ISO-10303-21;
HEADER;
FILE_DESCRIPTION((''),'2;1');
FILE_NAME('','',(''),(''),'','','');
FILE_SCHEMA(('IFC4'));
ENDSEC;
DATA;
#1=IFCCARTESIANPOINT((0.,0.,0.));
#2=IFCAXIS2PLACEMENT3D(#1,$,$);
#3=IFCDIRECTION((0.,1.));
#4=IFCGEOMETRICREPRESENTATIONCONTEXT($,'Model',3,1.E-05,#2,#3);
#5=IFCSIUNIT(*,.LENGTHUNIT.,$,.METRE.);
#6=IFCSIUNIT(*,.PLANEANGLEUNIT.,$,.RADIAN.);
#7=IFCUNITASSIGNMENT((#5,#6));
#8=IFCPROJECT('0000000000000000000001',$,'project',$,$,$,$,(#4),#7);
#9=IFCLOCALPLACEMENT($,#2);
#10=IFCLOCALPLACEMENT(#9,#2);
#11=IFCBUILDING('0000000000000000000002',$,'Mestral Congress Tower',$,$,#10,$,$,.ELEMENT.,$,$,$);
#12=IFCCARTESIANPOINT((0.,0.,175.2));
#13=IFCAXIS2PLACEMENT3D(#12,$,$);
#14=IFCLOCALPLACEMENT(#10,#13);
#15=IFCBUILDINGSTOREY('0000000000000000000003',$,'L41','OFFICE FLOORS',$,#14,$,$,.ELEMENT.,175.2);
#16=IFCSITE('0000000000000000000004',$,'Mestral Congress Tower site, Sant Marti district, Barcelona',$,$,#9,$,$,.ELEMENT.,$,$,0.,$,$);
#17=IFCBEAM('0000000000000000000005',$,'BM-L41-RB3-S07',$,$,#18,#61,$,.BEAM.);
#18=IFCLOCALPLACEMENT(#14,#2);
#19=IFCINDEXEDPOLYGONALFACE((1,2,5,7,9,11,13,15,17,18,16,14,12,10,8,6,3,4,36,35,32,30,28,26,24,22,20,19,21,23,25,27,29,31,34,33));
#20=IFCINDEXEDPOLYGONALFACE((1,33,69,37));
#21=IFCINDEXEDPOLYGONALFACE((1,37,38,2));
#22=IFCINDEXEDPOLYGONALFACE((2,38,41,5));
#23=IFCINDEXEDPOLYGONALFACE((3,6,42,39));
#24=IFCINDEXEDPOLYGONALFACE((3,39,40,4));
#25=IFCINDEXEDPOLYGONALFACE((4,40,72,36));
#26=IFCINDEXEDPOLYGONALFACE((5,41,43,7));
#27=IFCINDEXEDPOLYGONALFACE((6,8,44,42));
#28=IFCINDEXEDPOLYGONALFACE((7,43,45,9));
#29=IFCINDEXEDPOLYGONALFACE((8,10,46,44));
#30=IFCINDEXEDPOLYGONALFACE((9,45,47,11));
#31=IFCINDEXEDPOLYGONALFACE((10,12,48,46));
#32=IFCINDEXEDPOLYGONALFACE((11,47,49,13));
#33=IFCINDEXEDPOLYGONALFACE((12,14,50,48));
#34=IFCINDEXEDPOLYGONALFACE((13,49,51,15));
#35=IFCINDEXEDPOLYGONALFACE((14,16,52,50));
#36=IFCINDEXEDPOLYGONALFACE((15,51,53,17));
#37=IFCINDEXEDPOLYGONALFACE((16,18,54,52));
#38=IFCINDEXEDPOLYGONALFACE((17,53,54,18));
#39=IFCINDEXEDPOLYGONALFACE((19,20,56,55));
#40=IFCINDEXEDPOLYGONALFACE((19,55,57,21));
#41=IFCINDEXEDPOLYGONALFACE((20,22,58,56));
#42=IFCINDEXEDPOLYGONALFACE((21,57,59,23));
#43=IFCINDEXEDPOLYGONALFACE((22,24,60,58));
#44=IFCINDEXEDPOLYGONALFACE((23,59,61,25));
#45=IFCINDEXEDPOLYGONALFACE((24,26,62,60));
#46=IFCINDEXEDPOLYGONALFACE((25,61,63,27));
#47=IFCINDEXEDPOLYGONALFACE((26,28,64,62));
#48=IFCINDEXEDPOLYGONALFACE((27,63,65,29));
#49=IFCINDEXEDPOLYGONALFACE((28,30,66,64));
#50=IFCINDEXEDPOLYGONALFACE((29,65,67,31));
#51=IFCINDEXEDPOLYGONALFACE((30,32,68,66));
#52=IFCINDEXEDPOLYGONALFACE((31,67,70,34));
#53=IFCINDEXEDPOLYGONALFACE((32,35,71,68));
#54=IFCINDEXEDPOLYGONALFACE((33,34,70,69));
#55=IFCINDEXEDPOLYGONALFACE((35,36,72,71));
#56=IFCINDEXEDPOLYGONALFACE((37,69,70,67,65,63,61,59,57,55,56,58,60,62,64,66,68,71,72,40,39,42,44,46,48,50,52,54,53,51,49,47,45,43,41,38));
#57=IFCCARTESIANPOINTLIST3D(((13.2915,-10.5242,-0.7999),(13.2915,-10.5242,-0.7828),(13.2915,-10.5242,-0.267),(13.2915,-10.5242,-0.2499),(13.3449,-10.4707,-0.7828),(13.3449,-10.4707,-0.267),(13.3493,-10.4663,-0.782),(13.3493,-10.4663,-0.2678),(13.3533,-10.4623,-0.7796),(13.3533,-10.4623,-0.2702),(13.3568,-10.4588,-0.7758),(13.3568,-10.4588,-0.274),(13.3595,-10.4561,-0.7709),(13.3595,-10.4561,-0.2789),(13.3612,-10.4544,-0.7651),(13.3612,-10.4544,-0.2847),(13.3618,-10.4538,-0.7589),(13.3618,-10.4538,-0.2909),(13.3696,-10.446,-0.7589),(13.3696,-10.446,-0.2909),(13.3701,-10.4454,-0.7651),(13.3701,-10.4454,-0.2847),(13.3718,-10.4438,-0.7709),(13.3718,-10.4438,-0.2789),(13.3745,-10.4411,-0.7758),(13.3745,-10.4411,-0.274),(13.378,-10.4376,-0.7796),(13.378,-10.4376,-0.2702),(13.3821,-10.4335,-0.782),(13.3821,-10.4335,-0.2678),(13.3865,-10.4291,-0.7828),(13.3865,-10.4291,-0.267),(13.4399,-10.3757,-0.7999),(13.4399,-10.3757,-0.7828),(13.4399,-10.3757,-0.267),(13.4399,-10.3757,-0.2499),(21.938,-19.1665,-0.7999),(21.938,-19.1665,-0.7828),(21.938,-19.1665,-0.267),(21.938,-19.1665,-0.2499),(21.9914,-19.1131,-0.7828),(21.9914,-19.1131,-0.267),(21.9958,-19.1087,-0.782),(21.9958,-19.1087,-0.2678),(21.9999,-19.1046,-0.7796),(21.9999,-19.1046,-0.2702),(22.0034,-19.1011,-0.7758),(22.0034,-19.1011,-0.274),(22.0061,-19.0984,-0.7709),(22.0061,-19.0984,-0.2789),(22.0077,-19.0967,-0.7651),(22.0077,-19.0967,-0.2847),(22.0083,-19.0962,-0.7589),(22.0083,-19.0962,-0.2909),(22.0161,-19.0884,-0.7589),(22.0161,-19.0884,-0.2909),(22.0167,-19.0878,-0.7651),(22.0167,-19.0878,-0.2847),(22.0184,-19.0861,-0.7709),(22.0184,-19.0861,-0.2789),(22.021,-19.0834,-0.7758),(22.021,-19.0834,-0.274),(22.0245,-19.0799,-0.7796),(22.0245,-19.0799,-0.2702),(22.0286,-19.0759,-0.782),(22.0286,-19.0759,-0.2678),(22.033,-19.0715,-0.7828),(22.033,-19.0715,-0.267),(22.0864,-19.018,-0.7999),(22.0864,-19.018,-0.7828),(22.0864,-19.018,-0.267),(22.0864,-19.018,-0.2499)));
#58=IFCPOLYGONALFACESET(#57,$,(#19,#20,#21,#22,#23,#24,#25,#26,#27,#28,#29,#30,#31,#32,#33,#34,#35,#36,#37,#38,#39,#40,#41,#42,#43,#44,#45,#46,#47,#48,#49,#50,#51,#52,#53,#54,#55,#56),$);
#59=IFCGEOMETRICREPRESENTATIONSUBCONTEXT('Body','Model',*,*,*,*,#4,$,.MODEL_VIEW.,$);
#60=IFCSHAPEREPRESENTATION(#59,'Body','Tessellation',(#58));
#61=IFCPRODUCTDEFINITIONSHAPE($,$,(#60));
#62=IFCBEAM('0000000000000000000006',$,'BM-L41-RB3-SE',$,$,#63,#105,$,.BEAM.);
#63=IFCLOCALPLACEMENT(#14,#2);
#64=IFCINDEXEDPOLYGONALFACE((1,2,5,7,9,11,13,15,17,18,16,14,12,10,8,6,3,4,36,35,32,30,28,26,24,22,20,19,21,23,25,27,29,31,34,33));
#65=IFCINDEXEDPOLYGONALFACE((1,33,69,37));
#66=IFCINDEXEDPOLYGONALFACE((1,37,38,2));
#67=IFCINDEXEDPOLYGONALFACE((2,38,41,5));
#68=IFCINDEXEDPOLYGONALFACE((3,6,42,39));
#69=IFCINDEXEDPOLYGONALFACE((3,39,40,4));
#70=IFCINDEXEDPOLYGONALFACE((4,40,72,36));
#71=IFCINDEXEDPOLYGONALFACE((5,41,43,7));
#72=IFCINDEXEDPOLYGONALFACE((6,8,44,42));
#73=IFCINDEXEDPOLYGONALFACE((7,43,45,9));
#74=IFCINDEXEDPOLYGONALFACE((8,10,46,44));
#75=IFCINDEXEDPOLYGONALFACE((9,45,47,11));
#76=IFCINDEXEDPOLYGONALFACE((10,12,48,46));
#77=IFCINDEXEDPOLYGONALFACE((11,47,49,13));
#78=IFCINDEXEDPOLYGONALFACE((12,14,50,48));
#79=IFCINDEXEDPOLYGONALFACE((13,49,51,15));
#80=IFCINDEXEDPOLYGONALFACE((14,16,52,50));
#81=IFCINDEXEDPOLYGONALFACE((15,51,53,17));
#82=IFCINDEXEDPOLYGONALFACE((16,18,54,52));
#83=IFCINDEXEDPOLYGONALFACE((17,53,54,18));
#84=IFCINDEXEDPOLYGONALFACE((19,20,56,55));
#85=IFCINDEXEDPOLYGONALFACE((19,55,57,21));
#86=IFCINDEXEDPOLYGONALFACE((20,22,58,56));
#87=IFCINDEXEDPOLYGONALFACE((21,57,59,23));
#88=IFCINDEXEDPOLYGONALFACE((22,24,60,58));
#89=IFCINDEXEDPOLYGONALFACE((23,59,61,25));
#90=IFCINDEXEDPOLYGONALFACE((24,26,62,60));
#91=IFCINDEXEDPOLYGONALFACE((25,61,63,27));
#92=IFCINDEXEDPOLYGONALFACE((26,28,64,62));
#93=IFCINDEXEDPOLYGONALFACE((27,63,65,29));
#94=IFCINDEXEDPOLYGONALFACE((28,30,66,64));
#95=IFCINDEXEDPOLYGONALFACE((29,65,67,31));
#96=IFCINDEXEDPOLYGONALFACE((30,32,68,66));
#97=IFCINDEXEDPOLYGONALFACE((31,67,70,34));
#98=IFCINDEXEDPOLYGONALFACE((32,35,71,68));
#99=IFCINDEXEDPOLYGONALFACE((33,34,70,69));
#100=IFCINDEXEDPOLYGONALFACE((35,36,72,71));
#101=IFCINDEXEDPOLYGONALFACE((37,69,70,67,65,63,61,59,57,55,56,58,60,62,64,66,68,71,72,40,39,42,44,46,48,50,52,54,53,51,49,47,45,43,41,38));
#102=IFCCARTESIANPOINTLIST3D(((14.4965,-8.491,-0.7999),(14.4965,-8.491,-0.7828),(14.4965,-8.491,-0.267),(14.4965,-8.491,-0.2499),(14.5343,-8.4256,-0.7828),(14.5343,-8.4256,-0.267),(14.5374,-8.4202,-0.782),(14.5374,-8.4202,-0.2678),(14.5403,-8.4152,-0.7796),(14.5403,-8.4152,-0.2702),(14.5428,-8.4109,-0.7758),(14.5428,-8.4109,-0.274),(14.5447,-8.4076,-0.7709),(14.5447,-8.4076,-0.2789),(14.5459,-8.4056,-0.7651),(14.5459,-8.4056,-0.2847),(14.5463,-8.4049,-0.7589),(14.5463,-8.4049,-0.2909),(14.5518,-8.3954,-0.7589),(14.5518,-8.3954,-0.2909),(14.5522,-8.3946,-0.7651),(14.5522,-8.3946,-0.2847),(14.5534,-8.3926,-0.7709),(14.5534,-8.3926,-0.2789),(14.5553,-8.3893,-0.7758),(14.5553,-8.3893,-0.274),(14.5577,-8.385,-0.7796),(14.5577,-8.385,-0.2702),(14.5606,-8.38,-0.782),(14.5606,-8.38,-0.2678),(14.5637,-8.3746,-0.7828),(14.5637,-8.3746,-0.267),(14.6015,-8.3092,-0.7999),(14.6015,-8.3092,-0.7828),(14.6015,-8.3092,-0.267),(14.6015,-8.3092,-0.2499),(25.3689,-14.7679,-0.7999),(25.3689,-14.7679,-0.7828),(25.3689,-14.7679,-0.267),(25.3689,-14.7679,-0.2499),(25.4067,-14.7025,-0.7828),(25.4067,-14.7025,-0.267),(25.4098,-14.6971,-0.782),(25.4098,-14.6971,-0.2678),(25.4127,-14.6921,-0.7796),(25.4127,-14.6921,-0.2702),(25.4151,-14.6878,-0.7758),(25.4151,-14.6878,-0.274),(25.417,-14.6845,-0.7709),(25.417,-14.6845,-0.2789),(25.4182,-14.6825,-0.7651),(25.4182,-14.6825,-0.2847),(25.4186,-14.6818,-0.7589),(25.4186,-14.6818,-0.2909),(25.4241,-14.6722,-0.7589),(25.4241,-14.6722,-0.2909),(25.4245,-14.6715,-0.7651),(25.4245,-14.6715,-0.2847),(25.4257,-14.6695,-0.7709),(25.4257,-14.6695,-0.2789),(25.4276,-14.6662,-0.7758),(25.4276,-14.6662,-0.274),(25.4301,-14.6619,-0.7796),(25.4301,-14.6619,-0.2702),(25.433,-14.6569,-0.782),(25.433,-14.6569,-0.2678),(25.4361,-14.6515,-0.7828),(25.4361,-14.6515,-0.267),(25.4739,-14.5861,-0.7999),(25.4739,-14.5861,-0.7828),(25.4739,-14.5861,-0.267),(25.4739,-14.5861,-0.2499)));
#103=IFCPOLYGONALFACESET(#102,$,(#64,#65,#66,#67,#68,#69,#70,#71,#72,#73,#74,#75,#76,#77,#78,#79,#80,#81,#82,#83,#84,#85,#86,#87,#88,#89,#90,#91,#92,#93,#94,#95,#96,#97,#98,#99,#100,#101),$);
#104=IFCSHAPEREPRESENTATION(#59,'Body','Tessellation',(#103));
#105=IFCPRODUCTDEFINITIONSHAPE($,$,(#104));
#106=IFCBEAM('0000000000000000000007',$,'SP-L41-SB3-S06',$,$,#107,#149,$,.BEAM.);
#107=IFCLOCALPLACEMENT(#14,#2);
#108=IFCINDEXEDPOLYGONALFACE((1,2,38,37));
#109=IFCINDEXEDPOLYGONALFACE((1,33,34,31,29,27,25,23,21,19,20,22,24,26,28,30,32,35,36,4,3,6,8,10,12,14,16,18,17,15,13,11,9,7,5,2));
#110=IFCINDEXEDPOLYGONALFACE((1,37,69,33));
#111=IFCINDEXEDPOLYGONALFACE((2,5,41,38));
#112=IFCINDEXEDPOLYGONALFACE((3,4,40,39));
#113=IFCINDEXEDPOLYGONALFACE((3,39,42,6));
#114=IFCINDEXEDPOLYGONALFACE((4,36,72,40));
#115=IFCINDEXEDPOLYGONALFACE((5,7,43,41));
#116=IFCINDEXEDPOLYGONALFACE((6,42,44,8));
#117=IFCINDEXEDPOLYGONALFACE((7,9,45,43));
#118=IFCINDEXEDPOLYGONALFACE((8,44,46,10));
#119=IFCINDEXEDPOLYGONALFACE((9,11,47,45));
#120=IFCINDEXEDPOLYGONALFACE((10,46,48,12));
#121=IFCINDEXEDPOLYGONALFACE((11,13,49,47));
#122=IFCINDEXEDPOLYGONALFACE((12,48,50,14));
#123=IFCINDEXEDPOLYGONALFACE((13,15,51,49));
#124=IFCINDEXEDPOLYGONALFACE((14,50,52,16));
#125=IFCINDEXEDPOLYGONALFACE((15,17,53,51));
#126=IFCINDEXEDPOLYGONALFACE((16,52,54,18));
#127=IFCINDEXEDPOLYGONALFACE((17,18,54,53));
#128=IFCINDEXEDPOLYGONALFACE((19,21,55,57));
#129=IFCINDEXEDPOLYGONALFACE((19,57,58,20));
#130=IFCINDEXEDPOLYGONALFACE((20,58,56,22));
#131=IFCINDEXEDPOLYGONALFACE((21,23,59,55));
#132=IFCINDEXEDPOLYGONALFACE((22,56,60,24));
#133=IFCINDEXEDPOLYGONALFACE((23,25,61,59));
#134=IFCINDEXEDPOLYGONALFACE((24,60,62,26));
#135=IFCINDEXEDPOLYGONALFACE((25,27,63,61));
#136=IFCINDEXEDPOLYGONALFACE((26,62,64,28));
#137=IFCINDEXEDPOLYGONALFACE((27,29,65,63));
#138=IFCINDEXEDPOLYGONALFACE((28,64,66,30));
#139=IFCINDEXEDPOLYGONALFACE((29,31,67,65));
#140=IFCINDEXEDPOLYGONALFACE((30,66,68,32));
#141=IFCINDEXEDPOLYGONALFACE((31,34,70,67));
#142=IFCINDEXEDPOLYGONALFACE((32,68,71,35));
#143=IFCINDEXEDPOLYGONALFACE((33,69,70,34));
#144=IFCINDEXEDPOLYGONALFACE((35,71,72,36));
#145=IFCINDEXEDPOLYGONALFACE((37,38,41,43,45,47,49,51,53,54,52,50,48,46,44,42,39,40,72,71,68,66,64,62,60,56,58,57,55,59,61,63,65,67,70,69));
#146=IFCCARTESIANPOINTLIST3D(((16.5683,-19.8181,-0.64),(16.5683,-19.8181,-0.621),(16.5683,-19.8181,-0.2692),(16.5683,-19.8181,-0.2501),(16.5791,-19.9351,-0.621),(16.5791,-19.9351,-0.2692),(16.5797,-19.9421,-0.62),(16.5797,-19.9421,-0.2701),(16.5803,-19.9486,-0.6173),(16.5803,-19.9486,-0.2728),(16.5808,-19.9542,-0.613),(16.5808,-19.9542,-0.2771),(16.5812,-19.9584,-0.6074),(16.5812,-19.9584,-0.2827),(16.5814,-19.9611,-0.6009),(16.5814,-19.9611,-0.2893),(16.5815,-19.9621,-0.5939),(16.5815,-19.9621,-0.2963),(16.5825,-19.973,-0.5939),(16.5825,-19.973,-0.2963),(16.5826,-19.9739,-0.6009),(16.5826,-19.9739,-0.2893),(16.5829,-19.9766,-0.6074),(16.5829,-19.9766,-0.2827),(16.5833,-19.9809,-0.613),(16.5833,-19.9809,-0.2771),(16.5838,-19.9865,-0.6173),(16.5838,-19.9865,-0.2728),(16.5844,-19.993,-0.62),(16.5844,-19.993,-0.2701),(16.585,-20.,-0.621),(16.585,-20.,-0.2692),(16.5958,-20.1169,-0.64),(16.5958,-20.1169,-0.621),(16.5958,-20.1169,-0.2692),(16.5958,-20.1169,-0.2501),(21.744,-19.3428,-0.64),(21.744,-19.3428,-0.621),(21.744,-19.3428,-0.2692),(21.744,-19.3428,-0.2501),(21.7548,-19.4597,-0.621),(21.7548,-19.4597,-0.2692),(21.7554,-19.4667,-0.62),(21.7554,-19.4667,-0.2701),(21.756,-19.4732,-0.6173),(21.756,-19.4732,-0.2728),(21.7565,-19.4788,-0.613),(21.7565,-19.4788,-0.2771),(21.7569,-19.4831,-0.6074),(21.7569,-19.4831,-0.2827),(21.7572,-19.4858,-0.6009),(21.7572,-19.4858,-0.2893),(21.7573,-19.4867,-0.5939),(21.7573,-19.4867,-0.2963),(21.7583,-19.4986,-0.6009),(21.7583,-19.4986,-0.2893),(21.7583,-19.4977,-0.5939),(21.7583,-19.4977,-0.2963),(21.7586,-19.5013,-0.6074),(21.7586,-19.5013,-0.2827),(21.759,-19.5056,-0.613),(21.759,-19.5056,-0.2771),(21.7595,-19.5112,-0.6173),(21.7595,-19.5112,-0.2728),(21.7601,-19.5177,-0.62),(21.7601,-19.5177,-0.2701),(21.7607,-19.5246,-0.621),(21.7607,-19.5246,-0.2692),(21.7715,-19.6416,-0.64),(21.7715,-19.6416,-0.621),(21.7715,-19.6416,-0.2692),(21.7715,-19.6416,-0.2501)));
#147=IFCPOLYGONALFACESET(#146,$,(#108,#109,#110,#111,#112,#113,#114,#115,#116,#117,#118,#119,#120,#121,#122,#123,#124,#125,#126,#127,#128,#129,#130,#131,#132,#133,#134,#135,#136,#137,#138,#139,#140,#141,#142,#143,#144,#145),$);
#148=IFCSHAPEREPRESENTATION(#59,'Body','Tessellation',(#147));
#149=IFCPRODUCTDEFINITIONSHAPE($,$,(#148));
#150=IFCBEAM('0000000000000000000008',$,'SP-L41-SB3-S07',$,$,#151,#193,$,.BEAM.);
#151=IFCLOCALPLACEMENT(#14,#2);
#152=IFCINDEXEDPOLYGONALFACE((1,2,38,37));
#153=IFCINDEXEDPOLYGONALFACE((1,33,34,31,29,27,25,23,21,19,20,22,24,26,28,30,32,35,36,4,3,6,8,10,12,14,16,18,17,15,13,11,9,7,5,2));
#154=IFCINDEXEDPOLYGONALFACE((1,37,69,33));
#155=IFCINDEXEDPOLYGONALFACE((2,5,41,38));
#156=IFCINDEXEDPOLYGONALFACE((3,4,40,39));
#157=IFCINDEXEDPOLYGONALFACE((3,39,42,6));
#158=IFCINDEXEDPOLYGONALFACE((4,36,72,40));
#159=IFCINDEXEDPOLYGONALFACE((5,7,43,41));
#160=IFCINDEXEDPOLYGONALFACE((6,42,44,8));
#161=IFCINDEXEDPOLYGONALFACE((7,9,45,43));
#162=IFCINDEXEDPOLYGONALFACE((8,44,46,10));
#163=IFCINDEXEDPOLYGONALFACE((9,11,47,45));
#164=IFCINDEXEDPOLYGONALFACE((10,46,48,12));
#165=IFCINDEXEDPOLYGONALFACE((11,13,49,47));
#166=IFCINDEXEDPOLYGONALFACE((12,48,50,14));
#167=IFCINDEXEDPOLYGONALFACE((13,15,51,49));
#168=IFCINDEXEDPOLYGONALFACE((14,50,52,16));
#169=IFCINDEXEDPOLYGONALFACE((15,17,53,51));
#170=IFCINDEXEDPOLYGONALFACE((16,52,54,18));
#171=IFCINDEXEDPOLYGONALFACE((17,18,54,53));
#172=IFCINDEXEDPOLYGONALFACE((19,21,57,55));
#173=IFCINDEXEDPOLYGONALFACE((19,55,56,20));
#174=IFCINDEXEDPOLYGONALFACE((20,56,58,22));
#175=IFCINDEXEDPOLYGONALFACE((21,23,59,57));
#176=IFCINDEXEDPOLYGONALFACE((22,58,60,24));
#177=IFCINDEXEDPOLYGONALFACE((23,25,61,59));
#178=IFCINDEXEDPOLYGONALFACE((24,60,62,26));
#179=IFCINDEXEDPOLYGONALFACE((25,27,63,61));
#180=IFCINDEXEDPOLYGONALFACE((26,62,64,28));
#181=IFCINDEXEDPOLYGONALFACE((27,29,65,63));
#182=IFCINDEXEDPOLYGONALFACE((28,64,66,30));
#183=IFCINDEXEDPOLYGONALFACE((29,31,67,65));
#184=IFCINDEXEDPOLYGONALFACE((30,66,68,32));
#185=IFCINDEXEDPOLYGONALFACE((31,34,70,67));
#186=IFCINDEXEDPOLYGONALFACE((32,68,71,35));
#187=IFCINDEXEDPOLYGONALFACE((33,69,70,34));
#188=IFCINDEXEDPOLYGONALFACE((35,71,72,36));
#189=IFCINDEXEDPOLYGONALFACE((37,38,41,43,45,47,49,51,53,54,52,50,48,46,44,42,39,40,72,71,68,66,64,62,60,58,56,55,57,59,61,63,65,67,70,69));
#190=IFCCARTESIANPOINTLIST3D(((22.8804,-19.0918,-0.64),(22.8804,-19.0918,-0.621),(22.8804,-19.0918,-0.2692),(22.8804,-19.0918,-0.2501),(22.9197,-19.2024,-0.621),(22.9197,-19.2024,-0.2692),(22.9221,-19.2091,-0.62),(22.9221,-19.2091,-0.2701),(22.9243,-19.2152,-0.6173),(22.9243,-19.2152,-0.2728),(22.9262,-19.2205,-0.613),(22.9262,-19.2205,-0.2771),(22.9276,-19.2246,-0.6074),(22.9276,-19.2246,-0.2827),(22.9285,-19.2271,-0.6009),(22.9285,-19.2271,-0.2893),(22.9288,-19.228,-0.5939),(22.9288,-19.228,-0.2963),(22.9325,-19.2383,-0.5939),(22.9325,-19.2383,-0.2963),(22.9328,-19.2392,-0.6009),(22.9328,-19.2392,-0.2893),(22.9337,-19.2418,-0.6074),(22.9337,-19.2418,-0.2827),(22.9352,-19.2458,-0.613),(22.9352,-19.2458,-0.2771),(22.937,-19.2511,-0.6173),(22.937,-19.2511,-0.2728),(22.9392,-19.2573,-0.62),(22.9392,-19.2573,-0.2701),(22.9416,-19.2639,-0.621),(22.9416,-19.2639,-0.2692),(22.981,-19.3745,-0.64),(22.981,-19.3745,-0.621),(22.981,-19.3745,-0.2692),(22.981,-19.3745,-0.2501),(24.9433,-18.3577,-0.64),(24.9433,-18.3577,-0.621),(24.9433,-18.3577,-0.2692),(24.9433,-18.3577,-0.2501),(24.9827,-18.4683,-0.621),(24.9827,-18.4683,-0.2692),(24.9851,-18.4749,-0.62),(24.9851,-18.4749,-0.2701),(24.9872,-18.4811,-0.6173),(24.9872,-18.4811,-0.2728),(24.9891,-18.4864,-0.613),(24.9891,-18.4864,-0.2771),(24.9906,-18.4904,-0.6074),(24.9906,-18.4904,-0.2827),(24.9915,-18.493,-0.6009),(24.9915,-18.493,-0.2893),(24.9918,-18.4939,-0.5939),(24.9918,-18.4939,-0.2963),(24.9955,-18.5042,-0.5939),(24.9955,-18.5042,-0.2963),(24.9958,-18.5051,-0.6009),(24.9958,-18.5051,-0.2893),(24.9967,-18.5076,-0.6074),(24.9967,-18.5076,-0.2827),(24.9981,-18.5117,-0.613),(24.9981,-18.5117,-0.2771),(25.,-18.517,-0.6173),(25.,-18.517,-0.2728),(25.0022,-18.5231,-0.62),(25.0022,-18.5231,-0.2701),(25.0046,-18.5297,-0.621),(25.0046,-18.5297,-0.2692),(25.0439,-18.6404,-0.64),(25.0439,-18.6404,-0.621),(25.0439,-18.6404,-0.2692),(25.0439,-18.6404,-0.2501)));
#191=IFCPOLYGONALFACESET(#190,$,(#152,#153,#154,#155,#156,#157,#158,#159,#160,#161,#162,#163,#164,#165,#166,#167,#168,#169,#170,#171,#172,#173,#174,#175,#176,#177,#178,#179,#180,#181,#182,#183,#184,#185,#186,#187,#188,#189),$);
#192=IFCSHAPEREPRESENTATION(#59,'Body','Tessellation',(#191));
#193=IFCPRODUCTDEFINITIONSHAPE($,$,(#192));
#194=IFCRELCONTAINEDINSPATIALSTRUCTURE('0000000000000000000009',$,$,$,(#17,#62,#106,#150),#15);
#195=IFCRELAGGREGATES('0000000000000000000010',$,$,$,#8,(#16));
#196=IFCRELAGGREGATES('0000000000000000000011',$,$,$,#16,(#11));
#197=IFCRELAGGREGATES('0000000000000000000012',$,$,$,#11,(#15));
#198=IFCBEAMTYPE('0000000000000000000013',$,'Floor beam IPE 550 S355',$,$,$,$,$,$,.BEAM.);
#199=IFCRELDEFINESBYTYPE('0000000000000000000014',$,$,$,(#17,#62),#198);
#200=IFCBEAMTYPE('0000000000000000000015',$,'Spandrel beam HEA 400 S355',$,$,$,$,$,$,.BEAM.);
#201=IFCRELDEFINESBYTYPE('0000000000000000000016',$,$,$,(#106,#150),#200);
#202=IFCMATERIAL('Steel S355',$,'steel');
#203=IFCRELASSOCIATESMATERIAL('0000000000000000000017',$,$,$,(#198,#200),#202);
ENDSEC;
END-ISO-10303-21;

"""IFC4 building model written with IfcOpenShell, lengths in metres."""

from ifc_helpers import new_model, si_unit, direction, frame, origin, origin_2d, place, context, subcontext, project, spatial, i_section, extrude, material, material_profile, profile_set, type_object, element, save


model = new_model("IFC4")

# Units and contexts
model_context = context("Model", 3, precision=1e-05, world=origin(), true_north=direction((0.0, 1.0)))
body_context = subcontext(model_context, "Body", "Model", "MODEL_VIEW")
ifc_project = project(units=[si_unit("LENGTHUNIT", "METRE"), si_unit("PLANEANGLEUNIT", "RADIAN")], contexts=[model_context])

# Site, building, storey
site_placement = place(None, origin())
site = spatial("IfcSite", under=ifc_project, at=site_placement, Name="Mestral Congress Tower site, Sant Marti district, Barcelona", CompositionType="ELEMENT", RefElevation=0.0)
building_placement = place(site_placement, origin())
building = spatial("IfcBuilding", under=site, at=building_placement, Name="Mestral Congress Tower", CompositionType="ELEMENT")
storey_placement = place(building_placement, frame((0.0, 0.0, 175.2)))
storey = spatial("IfcBuildingStorey", under=building, at=storey_placement, Name="L41", Description="OFFICE FLOORS", CompositionType="ELEMENT", Elevation=175.2)

# Beams
ifc_material_1 = material(Name="Steel S355", Category="steel")
ifc_material_profile_1 = material_profile(ifc_material_1, i_section(OverallWidth=0.21, OverallDepth=0.55, WebThickness=0.011, FlangeThickness=0.0171, FilletRadius=0.0239, at=origin_2d()), Name="IPE 550")
ifc_profile_set_1 = profile_set([ifc_material_profile_1], Name="Steel S355")
beam_type_1 = type_object("IfcBeamType", Name="Floor beam IPE 550 S355", PredefinedType="BEAM", material=ifc_profile_set_1)
beam_1_placement = place(storey_placement, frame((22.0122, -19.0923, -0.5249), z_axis=(-0.707277, 0.706937, 0.0), x_axis=(-0.706937, -0.707277, 0.0)))
element("IfcBeam", 1, at=beam_1_placement, inside=storey, type_object=beam_type_1, Name="BM-L41-RB3-S07", PredefinedType="BEAM", context=body_context, shape_type="SweptSolid", body=[
    extrude(i_section(OverallWidth=0.21, OverallDepth=0.55, WebThickness=0.011, FlangeThickness=0.0171, FilletRadius=0.0239, at=origin_2d()), origin(), (0.0, 0.0, 1.0), 12.2251),
])
beam_2_placement = place(storey_placement, frame((25.4214, -14.677, -0.5249), z_axis=(-0.866035, 0.499983, 0.0), x_axis=(-0.499983, -0.866035, 0.0)))
element("IfcBeam", 2, at=beam_2_placement, inside=storey, type_object=beam_type_1, Name="BM-L41-RB3-SE", PredefinedType="BEAM", context=body_context, shape_type="SweptSolid", body=[
    extrude(i_section(OverallWidth=0.21, OverallDepth=0.55, WebThickness=0.011, FlangeThickness=0.0171, FilletRadius=0.0239, at=origin_2d()), origin(), (0.0, 0.0, 1.0), 12.5542),
])
ifc_material_profile_2 = material_profile(ifc_material_1, i_section(OverallWidth=0.3, OverallDepth=0.3899, WebThickness=0.011, FlangeThickness=0.019, FilletRadius=0.0271, at=origin_2d()), Name="HEA 400")
ifc_profile_set_2 = profile_set([ifc_material_profile_2], Name="Steel S355")
beam_type_2 = type_object("IfcBeamType", Name="Spandrel beam HEA 400 S355", PredefinedType="BEAM", material=ifc_profile_set_2)
beam_3_placement = place(storey_placement, frame((16.582, -19.9675, -0.4451), z_axis=(0.995809, 0.091455, 0.0), x_axis=(-0.091455, 0.995809, 0.0)))
element("IfcBeam", 3, at=beam_3_placement, inside=storey, type_object=beam_type_2, Name="SP-L41-SB3-S06", PredefinedType="BEAM", context=body_context, shape_type="SweptSolid", body=[
    extrude(i_section(OverallWidth=0.3, OverallDepth=0.3899, WebThickness=0.011, FlangeThickness=0.019, FilletRadius=0.0271, at=origin_2d()), origin(), (0.0, 0.0, 1.0), 5.1975),
])
beam_4_placement = place(storey_placement, frame((22.9307, -19.2332, -0.4451), z_axis=(0.942125, 0.335263, 0.0), x_axis=(-0.335263, 0.942125, 0.0)))
element("IfcBeam", 4, at=beam_4_placement, inside=storey, type_object=beam_type_2, Name="SP-L41-SB3-S07", PredefinedType="BEAM", context=body_context, shape_type="SweptSolid", body=[
    extrude(i_section(OverallWidth=0.3, OverallDepth=0.3899, WebThickness=0.011, FlangeThickness=0.019, FilletRadius=0.0271, at=origin_2d()), origin(), (0.0, 0.0, 1.0), 2.1897),
])

save(model, "model.ifc")
